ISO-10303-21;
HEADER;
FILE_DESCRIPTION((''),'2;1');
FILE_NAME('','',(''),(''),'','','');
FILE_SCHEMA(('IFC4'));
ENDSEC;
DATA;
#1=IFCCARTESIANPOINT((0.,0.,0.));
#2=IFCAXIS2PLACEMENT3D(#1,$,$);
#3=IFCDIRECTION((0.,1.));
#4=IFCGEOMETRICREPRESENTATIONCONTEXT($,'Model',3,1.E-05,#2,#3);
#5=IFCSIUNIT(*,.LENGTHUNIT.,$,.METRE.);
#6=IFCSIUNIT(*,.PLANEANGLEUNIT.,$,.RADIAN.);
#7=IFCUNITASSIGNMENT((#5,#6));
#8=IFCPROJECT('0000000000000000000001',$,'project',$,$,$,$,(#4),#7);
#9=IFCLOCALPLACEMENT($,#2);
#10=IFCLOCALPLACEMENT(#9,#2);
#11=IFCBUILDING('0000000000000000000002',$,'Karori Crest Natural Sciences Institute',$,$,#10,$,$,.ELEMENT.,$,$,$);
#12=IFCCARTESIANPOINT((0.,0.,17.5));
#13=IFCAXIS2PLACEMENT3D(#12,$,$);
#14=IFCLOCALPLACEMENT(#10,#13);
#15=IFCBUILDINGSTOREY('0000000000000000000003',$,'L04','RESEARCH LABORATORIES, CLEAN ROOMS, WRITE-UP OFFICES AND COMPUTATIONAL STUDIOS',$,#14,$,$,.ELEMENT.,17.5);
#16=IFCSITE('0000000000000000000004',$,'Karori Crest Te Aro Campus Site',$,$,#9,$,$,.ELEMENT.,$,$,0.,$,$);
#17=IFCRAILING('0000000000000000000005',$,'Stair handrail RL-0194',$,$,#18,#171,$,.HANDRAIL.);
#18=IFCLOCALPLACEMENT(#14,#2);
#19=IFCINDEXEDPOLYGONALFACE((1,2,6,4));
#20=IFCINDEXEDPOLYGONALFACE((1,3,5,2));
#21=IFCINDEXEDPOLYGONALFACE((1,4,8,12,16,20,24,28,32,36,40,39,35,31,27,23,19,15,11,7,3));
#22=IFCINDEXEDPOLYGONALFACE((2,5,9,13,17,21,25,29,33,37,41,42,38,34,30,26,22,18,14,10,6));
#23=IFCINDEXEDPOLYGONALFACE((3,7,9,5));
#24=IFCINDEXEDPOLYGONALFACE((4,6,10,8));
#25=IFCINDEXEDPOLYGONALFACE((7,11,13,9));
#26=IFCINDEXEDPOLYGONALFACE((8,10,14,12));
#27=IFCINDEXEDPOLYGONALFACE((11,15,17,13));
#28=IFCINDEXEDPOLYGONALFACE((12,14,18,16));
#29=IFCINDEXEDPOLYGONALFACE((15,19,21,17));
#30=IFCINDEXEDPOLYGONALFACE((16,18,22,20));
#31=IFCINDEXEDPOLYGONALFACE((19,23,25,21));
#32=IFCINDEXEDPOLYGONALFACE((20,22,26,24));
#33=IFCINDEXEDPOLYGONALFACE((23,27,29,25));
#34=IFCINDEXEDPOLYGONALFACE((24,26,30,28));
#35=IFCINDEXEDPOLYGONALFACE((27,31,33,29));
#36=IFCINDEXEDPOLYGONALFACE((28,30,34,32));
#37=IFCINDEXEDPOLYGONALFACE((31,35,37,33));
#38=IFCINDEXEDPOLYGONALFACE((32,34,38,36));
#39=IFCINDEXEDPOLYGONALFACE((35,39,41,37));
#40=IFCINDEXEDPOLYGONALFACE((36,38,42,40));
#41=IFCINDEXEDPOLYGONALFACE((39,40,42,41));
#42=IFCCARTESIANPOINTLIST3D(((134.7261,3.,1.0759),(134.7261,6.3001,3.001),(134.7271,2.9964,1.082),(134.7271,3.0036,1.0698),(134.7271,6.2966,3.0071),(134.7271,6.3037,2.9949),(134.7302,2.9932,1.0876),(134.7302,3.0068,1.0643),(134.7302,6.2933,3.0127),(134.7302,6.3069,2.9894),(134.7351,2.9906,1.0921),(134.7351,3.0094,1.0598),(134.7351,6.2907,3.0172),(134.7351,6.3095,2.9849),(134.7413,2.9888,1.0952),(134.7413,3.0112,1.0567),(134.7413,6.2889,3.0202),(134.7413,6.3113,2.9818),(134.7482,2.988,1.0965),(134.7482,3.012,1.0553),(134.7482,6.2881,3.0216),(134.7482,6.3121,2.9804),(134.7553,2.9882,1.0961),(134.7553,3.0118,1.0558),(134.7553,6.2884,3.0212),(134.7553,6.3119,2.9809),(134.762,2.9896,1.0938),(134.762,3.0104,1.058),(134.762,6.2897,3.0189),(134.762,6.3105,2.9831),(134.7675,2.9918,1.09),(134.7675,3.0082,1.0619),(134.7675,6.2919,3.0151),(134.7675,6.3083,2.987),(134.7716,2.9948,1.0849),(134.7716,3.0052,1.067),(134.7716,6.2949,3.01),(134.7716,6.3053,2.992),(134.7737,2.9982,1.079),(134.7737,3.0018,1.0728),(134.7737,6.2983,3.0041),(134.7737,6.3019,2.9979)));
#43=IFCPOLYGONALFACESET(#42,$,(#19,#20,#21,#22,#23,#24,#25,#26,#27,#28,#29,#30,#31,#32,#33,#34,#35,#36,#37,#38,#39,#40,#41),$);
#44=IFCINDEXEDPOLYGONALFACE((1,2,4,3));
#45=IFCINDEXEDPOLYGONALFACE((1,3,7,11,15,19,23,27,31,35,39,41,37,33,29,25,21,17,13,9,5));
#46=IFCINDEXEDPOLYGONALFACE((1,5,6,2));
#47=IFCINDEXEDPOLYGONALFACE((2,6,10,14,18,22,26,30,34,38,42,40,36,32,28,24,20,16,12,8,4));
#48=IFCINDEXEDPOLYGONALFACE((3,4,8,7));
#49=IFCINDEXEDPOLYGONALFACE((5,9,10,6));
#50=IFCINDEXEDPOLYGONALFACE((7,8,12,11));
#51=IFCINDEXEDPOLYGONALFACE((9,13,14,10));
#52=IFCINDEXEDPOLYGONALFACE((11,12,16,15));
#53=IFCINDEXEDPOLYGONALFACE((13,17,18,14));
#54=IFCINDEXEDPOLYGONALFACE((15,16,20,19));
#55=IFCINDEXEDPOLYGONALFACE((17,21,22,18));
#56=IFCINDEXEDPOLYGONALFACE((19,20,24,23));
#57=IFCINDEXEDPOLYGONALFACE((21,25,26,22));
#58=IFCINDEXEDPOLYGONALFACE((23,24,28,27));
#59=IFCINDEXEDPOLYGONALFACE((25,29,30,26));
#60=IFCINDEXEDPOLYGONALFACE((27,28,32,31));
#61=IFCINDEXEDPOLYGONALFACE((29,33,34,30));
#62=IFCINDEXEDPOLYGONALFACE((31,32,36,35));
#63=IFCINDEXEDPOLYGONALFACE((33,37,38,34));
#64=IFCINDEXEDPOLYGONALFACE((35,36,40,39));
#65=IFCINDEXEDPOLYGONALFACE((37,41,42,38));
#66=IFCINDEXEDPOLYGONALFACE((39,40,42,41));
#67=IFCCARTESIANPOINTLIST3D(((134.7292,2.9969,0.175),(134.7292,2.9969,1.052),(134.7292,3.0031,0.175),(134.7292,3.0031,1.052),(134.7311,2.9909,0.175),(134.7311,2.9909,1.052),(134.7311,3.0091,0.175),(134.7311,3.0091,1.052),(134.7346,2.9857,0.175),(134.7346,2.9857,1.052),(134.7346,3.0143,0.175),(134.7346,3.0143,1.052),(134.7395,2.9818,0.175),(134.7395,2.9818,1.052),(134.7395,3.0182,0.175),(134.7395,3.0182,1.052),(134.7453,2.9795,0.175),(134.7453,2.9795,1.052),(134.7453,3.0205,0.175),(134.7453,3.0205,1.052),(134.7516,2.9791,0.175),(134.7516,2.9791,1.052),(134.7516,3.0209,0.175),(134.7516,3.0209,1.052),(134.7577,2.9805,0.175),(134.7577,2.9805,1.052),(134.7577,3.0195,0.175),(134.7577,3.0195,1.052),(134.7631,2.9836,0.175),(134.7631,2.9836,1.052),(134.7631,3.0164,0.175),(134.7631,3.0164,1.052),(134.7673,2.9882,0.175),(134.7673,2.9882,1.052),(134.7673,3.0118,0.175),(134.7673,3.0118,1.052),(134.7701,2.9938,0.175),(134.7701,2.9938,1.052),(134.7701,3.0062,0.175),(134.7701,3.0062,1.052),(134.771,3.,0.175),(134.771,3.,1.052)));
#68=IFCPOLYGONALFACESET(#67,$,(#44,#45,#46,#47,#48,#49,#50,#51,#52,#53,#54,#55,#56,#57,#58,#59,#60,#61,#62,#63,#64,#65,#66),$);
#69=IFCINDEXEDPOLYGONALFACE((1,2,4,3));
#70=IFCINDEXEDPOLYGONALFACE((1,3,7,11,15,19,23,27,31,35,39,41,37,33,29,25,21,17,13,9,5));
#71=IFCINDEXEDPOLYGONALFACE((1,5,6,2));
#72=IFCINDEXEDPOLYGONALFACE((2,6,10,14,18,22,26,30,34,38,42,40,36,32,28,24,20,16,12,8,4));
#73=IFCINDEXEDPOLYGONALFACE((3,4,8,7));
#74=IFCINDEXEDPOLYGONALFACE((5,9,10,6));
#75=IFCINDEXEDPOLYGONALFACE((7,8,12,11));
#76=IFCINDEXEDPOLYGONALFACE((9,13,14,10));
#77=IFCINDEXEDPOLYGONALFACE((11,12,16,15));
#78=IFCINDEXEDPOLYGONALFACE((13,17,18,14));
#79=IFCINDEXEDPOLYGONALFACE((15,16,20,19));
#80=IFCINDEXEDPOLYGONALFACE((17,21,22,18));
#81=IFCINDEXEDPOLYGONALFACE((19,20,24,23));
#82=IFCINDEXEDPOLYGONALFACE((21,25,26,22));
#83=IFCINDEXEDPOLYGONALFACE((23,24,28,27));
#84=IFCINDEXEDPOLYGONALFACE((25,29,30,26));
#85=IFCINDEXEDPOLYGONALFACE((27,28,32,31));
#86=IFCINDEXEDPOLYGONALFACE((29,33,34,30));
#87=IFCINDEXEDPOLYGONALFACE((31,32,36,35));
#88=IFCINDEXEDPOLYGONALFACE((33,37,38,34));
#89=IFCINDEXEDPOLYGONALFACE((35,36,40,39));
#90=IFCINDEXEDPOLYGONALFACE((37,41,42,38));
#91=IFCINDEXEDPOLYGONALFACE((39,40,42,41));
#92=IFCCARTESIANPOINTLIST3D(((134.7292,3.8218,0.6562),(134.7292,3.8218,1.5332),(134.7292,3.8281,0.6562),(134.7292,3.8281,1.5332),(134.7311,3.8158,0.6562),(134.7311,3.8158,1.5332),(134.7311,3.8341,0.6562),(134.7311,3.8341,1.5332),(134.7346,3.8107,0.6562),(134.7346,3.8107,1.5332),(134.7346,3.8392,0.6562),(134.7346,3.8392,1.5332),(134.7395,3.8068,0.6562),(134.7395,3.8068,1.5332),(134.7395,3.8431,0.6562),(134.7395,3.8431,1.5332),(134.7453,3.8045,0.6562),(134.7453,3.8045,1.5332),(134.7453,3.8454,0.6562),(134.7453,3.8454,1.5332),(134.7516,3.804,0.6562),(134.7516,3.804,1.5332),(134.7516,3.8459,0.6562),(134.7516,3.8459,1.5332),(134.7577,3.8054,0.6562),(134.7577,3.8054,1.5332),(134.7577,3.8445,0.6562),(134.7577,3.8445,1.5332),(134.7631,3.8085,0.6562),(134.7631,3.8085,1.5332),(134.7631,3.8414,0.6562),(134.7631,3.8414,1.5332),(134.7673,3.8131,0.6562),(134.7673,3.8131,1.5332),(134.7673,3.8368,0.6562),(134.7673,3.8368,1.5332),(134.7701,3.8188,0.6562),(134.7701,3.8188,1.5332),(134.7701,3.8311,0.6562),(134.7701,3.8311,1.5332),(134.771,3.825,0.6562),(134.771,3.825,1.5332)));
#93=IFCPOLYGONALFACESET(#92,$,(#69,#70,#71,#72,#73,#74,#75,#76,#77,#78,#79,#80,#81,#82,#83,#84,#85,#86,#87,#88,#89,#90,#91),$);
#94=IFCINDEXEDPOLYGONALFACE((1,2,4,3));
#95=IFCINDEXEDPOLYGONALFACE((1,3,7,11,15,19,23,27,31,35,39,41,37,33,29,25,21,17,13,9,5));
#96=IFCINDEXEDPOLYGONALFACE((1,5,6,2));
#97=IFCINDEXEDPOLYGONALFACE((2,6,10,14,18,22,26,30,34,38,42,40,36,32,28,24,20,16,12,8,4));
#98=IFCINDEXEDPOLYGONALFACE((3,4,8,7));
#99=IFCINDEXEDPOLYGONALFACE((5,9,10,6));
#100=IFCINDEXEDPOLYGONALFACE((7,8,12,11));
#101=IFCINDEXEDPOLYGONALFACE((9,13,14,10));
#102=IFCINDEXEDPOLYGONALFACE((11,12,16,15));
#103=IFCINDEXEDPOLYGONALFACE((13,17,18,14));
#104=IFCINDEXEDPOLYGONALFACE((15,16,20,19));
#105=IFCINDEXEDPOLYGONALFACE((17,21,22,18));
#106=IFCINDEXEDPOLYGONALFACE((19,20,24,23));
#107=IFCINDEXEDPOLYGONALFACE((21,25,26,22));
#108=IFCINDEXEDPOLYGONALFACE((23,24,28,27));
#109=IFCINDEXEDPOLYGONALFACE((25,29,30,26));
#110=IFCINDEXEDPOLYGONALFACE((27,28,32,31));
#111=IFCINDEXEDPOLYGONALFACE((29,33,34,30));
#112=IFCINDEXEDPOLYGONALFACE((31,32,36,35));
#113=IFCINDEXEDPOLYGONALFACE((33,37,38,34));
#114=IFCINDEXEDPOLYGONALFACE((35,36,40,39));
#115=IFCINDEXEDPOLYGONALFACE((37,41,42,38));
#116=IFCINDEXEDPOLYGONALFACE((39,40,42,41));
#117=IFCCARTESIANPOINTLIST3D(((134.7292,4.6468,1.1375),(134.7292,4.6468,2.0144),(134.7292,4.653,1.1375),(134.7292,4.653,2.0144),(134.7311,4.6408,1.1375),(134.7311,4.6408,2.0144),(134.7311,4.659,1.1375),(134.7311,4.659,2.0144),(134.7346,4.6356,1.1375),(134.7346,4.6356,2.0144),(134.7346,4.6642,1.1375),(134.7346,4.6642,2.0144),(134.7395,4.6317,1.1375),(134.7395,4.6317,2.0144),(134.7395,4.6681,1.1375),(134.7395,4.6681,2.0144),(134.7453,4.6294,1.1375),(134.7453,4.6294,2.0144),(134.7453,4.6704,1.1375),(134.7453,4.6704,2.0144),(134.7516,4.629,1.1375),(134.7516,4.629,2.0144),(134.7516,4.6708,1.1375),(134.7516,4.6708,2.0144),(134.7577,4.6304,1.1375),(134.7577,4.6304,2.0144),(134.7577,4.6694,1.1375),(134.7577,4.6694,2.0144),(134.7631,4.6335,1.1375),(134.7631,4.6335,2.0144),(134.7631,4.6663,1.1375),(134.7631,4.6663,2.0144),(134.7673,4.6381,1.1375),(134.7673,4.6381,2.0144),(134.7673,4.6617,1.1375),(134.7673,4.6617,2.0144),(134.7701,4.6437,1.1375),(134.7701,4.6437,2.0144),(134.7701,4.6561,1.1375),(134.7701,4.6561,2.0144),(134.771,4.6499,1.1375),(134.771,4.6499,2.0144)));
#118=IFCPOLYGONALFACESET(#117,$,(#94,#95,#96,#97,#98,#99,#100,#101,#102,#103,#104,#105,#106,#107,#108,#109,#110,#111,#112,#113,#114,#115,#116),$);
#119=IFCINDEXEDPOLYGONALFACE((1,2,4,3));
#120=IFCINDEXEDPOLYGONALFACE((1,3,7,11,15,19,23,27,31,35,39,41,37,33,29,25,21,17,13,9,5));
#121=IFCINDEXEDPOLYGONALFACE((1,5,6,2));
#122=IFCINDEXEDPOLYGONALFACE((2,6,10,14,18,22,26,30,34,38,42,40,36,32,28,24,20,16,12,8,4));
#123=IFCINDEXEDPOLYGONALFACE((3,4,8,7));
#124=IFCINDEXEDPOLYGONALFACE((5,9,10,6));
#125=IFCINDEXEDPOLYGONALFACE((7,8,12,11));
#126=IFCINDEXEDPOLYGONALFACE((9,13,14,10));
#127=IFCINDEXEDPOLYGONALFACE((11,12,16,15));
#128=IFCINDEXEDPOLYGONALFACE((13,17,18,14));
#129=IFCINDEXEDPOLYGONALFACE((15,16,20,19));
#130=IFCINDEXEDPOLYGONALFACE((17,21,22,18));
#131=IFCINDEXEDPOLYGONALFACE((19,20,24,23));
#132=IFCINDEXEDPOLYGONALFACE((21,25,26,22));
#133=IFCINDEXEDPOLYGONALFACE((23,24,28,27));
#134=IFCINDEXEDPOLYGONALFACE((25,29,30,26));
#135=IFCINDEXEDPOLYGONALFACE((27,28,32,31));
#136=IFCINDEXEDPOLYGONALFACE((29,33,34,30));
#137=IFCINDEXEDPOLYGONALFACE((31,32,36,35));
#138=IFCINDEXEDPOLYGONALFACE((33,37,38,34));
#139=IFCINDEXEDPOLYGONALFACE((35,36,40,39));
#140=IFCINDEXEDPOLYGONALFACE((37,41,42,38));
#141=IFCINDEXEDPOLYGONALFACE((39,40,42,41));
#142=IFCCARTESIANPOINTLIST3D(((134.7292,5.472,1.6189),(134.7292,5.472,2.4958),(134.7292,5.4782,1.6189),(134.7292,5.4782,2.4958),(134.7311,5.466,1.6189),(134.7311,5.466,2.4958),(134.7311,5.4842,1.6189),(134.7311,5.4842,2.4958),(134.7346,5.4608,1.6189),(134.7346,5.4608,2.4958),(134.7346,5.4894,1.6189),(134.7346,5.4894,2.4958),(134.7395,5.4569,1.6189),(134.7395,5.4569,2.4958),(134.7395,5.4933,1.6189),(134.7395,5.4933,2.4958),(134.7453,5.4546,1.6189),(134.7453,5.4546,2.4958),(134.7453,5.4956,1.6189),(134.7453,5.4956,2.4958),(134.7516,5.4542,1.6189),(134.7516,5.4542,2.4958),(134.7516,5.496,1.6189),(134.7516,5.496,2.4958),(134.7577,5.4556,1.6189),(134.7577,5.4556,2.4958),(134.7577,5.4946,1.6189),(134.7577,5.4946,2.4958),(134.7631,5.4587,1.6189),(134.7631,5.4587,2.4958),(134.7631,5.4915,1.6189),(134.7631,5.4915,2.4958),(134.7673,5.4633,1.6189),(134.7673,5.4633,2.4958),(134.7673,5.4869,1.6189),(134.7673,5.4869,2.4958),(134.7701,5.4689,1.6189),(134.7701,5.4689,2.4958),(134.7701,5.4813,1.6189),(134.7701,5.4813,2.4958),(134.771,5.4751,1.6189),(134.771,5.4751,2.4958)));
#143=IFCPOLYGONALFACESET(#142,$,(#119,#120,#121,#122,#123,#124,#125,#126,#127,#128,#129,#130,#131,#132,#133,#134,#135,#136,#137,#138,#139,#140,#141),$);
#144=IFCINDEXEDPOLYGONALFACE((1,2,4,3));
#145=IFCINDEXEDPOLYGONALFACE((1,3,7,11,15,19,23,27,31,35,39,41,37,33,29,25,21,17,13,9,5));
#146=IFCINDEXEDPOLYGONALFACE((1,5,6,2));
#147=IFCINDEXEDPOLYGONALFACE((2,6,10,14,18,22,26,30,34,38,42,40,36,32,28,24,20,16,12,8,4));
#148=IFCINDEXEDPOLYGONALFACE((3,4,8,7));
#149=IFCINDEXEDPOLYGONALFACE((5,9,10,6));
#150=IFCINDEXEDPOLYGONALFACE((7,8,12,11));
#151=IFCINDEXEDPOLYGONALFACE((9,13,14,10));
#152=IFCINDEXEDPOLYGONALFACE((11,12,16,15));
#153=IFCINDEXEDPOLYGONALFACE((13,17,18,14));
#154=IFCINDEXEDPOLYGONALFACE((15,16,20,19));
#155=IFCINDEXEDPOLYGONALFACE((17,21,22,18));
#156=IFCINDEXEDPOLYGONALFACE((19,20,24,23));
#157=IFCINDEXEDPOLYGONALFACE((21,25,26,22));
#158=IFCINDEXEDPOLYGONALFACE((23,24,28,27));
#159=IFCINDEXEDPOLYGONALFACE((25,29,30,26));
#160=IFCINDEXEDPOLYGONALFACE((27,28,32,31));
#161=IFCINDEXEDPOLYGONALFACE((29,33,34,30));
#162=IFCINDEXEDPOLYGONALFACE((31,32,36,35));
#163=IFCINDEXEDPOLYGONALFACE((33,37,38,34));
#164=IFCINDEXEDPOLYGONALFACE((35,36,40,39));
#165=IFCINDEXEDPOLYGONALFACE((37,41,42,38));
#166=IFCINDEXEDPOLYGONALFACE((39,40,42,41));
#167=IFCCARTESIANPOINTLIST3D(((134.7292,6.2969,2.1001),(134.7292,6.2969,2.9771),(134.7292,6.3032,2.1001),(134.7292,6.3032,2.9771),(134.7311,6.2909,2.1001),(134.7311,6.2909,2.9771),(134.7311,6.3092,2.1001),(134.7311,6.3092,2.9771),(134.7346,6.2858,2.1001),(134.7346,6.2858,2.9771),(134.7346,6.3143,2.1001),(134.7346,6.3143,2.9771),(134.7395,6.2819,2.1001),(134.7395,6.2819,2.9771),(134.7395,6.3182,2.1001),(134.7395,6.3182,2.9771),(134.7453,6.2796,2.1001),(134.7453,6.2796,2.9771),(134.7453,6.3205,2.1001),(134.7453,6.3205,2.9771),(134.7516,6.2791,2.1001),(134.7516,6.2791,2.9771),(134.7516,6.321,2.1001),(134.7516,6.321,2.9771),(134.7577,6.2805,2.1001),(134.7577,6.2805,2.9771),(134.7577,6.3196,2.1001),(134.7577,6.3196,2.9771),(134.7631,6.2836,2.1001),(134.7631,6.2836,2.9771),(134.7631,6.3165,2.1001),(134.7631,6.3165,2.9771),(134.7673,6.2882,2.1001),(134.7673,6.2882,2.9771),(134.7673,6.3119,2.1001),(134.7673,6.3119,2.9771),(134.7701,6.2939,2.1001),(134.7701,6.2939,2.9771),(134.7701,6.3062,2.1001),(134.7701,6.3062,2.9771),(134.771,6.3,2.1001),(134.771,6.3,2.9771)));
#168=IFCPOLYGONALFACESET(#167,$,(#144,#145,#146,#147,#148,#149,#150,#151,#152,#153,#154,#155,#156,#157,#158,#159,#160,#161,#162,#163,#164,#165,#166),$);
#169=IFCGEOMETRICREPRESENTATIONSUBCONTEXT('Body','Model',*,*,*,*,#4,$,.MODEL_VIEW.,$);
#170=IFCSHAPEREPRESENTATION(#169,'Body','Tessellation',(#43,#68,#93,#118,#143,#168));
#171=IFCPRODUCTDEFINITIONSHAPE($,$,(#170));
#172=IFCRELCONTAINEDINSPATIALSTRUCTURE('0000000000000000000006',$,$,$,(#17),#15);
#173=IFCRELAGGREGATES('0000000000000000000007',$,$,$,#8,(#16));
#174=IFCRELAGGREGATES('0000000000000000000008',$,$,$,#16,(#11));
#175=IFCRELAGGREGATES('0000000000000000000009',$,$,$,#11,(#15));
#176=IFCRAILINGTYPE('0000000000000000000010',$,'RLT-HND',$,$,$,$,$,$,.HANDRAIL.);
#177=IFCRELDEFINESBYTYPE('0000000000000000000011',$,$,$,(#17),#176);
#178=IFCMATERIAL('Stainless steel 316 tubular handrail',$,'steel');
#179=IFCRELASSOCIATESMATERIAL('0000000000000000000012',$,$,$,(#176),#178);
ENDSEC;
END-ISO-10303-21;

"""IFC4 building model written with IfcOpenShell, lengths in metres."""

from ifc_helpers import new_model, si_unit, direction, frame, origin, origin_2d, place, context, subcontext, project, spatial, circle, extrude, material, type_object, element, save


model = new_model("IFC4")

# Units and contexts
model_context = context("Model", 3, precision=1e-05, world=origin(), true_north=direction((0.0, 1.0)))
body_context = subcontext(model_context, "Body", "Model", "MODEL_VIEW")
ifc_project = project(units=[si_unit("LENGTHUNIT", "METRE"), si_unit("PLANEANGLEUNIT", "RADIAN")], contexts=[model_context])

# Site, building, storey
site_placement = place(None, origin())
site = spatial("IfcSite", under=ifc_project, at=site_placement, Name="Karori Crest Te Aro Campus Site", CompositionType="ELEMENT", RefElevation=0.0)
building_placement = place(site_placement, origin())
building = spatial("IfcBuilding", under=site, at=building_placement, Name="Karori Crest Natural Sciences Institute", CompositionType="ELEMENT")
storey_placement = place(building_placement, frame((0.0, 0.0, 17.5)))
storey = spatial("IfcBuildingStorey", under=building, at=storey_placement, Name="L04", Description="RESEARCH LABORATORIES, CLEAN ROOMS, WRITE-UP OFFICES AND COMPUTATIONAL STUDIOS", CompositionType="ELEMENT", Elevation=17.5)

# Railing
ifc_material_1 = material(Name="Stainless steel 316 tubular handrail", Category="steel")
railing_type_1 = type_object("IfcRailingType", Name="RLT-HND", PredefinedType="HANDRAIL", material=ifc_material_1)
railing_1_placement = place(storey_placement, frame((134.75, 3.0, 0.175)))
element("IfcRailing", 1, at=railing_1_placement, inside=storey, type_object=railing_type_1, Name="Stair handrail RL-0194", PredefinedType="HANDRAIL", context=body_context, shape_type="SweptSolid", body=[
    extrude(circle(Radius=0.0239, at=origin_2d()), frame((0.0, 0.0, 0.9009), z_axis=(0.0, 0.863777, 0.503875), x_axis=(-1.0, 0.0, 0.0)), (0.0, 0.0, 1.0), 3.8206),
    extrude(circle(Radius=0.021, at=origin_2d()), origin(), (0.0, 0.0, 1.0), 0.877),
    extrude(circle(Radius=0.021, at=origin_2d()), frame((0.0, 0.825, 0.4812)), (0.0, 0.0, 1.0), 0.877),
    extrude(circle(Radius=0.021, at=origin_2d()), frame((0.0, 1.6499, 0.9624)), (0.0, 0.0, 1.0), 0.877),
    extrude(circle(Radius=0.021, at=origin_2d()), frame((0.0, 2.4751, 1.4438)), (0.0, 0.0, 1.0), 0.877),
    extrude(circle(Radius=0.021, at=origin_2d()), frame((0.0, 3.3, 1.925)), (0.0, 0.0, 1.0), 0.877),
])

save(model, "model.ifc")
